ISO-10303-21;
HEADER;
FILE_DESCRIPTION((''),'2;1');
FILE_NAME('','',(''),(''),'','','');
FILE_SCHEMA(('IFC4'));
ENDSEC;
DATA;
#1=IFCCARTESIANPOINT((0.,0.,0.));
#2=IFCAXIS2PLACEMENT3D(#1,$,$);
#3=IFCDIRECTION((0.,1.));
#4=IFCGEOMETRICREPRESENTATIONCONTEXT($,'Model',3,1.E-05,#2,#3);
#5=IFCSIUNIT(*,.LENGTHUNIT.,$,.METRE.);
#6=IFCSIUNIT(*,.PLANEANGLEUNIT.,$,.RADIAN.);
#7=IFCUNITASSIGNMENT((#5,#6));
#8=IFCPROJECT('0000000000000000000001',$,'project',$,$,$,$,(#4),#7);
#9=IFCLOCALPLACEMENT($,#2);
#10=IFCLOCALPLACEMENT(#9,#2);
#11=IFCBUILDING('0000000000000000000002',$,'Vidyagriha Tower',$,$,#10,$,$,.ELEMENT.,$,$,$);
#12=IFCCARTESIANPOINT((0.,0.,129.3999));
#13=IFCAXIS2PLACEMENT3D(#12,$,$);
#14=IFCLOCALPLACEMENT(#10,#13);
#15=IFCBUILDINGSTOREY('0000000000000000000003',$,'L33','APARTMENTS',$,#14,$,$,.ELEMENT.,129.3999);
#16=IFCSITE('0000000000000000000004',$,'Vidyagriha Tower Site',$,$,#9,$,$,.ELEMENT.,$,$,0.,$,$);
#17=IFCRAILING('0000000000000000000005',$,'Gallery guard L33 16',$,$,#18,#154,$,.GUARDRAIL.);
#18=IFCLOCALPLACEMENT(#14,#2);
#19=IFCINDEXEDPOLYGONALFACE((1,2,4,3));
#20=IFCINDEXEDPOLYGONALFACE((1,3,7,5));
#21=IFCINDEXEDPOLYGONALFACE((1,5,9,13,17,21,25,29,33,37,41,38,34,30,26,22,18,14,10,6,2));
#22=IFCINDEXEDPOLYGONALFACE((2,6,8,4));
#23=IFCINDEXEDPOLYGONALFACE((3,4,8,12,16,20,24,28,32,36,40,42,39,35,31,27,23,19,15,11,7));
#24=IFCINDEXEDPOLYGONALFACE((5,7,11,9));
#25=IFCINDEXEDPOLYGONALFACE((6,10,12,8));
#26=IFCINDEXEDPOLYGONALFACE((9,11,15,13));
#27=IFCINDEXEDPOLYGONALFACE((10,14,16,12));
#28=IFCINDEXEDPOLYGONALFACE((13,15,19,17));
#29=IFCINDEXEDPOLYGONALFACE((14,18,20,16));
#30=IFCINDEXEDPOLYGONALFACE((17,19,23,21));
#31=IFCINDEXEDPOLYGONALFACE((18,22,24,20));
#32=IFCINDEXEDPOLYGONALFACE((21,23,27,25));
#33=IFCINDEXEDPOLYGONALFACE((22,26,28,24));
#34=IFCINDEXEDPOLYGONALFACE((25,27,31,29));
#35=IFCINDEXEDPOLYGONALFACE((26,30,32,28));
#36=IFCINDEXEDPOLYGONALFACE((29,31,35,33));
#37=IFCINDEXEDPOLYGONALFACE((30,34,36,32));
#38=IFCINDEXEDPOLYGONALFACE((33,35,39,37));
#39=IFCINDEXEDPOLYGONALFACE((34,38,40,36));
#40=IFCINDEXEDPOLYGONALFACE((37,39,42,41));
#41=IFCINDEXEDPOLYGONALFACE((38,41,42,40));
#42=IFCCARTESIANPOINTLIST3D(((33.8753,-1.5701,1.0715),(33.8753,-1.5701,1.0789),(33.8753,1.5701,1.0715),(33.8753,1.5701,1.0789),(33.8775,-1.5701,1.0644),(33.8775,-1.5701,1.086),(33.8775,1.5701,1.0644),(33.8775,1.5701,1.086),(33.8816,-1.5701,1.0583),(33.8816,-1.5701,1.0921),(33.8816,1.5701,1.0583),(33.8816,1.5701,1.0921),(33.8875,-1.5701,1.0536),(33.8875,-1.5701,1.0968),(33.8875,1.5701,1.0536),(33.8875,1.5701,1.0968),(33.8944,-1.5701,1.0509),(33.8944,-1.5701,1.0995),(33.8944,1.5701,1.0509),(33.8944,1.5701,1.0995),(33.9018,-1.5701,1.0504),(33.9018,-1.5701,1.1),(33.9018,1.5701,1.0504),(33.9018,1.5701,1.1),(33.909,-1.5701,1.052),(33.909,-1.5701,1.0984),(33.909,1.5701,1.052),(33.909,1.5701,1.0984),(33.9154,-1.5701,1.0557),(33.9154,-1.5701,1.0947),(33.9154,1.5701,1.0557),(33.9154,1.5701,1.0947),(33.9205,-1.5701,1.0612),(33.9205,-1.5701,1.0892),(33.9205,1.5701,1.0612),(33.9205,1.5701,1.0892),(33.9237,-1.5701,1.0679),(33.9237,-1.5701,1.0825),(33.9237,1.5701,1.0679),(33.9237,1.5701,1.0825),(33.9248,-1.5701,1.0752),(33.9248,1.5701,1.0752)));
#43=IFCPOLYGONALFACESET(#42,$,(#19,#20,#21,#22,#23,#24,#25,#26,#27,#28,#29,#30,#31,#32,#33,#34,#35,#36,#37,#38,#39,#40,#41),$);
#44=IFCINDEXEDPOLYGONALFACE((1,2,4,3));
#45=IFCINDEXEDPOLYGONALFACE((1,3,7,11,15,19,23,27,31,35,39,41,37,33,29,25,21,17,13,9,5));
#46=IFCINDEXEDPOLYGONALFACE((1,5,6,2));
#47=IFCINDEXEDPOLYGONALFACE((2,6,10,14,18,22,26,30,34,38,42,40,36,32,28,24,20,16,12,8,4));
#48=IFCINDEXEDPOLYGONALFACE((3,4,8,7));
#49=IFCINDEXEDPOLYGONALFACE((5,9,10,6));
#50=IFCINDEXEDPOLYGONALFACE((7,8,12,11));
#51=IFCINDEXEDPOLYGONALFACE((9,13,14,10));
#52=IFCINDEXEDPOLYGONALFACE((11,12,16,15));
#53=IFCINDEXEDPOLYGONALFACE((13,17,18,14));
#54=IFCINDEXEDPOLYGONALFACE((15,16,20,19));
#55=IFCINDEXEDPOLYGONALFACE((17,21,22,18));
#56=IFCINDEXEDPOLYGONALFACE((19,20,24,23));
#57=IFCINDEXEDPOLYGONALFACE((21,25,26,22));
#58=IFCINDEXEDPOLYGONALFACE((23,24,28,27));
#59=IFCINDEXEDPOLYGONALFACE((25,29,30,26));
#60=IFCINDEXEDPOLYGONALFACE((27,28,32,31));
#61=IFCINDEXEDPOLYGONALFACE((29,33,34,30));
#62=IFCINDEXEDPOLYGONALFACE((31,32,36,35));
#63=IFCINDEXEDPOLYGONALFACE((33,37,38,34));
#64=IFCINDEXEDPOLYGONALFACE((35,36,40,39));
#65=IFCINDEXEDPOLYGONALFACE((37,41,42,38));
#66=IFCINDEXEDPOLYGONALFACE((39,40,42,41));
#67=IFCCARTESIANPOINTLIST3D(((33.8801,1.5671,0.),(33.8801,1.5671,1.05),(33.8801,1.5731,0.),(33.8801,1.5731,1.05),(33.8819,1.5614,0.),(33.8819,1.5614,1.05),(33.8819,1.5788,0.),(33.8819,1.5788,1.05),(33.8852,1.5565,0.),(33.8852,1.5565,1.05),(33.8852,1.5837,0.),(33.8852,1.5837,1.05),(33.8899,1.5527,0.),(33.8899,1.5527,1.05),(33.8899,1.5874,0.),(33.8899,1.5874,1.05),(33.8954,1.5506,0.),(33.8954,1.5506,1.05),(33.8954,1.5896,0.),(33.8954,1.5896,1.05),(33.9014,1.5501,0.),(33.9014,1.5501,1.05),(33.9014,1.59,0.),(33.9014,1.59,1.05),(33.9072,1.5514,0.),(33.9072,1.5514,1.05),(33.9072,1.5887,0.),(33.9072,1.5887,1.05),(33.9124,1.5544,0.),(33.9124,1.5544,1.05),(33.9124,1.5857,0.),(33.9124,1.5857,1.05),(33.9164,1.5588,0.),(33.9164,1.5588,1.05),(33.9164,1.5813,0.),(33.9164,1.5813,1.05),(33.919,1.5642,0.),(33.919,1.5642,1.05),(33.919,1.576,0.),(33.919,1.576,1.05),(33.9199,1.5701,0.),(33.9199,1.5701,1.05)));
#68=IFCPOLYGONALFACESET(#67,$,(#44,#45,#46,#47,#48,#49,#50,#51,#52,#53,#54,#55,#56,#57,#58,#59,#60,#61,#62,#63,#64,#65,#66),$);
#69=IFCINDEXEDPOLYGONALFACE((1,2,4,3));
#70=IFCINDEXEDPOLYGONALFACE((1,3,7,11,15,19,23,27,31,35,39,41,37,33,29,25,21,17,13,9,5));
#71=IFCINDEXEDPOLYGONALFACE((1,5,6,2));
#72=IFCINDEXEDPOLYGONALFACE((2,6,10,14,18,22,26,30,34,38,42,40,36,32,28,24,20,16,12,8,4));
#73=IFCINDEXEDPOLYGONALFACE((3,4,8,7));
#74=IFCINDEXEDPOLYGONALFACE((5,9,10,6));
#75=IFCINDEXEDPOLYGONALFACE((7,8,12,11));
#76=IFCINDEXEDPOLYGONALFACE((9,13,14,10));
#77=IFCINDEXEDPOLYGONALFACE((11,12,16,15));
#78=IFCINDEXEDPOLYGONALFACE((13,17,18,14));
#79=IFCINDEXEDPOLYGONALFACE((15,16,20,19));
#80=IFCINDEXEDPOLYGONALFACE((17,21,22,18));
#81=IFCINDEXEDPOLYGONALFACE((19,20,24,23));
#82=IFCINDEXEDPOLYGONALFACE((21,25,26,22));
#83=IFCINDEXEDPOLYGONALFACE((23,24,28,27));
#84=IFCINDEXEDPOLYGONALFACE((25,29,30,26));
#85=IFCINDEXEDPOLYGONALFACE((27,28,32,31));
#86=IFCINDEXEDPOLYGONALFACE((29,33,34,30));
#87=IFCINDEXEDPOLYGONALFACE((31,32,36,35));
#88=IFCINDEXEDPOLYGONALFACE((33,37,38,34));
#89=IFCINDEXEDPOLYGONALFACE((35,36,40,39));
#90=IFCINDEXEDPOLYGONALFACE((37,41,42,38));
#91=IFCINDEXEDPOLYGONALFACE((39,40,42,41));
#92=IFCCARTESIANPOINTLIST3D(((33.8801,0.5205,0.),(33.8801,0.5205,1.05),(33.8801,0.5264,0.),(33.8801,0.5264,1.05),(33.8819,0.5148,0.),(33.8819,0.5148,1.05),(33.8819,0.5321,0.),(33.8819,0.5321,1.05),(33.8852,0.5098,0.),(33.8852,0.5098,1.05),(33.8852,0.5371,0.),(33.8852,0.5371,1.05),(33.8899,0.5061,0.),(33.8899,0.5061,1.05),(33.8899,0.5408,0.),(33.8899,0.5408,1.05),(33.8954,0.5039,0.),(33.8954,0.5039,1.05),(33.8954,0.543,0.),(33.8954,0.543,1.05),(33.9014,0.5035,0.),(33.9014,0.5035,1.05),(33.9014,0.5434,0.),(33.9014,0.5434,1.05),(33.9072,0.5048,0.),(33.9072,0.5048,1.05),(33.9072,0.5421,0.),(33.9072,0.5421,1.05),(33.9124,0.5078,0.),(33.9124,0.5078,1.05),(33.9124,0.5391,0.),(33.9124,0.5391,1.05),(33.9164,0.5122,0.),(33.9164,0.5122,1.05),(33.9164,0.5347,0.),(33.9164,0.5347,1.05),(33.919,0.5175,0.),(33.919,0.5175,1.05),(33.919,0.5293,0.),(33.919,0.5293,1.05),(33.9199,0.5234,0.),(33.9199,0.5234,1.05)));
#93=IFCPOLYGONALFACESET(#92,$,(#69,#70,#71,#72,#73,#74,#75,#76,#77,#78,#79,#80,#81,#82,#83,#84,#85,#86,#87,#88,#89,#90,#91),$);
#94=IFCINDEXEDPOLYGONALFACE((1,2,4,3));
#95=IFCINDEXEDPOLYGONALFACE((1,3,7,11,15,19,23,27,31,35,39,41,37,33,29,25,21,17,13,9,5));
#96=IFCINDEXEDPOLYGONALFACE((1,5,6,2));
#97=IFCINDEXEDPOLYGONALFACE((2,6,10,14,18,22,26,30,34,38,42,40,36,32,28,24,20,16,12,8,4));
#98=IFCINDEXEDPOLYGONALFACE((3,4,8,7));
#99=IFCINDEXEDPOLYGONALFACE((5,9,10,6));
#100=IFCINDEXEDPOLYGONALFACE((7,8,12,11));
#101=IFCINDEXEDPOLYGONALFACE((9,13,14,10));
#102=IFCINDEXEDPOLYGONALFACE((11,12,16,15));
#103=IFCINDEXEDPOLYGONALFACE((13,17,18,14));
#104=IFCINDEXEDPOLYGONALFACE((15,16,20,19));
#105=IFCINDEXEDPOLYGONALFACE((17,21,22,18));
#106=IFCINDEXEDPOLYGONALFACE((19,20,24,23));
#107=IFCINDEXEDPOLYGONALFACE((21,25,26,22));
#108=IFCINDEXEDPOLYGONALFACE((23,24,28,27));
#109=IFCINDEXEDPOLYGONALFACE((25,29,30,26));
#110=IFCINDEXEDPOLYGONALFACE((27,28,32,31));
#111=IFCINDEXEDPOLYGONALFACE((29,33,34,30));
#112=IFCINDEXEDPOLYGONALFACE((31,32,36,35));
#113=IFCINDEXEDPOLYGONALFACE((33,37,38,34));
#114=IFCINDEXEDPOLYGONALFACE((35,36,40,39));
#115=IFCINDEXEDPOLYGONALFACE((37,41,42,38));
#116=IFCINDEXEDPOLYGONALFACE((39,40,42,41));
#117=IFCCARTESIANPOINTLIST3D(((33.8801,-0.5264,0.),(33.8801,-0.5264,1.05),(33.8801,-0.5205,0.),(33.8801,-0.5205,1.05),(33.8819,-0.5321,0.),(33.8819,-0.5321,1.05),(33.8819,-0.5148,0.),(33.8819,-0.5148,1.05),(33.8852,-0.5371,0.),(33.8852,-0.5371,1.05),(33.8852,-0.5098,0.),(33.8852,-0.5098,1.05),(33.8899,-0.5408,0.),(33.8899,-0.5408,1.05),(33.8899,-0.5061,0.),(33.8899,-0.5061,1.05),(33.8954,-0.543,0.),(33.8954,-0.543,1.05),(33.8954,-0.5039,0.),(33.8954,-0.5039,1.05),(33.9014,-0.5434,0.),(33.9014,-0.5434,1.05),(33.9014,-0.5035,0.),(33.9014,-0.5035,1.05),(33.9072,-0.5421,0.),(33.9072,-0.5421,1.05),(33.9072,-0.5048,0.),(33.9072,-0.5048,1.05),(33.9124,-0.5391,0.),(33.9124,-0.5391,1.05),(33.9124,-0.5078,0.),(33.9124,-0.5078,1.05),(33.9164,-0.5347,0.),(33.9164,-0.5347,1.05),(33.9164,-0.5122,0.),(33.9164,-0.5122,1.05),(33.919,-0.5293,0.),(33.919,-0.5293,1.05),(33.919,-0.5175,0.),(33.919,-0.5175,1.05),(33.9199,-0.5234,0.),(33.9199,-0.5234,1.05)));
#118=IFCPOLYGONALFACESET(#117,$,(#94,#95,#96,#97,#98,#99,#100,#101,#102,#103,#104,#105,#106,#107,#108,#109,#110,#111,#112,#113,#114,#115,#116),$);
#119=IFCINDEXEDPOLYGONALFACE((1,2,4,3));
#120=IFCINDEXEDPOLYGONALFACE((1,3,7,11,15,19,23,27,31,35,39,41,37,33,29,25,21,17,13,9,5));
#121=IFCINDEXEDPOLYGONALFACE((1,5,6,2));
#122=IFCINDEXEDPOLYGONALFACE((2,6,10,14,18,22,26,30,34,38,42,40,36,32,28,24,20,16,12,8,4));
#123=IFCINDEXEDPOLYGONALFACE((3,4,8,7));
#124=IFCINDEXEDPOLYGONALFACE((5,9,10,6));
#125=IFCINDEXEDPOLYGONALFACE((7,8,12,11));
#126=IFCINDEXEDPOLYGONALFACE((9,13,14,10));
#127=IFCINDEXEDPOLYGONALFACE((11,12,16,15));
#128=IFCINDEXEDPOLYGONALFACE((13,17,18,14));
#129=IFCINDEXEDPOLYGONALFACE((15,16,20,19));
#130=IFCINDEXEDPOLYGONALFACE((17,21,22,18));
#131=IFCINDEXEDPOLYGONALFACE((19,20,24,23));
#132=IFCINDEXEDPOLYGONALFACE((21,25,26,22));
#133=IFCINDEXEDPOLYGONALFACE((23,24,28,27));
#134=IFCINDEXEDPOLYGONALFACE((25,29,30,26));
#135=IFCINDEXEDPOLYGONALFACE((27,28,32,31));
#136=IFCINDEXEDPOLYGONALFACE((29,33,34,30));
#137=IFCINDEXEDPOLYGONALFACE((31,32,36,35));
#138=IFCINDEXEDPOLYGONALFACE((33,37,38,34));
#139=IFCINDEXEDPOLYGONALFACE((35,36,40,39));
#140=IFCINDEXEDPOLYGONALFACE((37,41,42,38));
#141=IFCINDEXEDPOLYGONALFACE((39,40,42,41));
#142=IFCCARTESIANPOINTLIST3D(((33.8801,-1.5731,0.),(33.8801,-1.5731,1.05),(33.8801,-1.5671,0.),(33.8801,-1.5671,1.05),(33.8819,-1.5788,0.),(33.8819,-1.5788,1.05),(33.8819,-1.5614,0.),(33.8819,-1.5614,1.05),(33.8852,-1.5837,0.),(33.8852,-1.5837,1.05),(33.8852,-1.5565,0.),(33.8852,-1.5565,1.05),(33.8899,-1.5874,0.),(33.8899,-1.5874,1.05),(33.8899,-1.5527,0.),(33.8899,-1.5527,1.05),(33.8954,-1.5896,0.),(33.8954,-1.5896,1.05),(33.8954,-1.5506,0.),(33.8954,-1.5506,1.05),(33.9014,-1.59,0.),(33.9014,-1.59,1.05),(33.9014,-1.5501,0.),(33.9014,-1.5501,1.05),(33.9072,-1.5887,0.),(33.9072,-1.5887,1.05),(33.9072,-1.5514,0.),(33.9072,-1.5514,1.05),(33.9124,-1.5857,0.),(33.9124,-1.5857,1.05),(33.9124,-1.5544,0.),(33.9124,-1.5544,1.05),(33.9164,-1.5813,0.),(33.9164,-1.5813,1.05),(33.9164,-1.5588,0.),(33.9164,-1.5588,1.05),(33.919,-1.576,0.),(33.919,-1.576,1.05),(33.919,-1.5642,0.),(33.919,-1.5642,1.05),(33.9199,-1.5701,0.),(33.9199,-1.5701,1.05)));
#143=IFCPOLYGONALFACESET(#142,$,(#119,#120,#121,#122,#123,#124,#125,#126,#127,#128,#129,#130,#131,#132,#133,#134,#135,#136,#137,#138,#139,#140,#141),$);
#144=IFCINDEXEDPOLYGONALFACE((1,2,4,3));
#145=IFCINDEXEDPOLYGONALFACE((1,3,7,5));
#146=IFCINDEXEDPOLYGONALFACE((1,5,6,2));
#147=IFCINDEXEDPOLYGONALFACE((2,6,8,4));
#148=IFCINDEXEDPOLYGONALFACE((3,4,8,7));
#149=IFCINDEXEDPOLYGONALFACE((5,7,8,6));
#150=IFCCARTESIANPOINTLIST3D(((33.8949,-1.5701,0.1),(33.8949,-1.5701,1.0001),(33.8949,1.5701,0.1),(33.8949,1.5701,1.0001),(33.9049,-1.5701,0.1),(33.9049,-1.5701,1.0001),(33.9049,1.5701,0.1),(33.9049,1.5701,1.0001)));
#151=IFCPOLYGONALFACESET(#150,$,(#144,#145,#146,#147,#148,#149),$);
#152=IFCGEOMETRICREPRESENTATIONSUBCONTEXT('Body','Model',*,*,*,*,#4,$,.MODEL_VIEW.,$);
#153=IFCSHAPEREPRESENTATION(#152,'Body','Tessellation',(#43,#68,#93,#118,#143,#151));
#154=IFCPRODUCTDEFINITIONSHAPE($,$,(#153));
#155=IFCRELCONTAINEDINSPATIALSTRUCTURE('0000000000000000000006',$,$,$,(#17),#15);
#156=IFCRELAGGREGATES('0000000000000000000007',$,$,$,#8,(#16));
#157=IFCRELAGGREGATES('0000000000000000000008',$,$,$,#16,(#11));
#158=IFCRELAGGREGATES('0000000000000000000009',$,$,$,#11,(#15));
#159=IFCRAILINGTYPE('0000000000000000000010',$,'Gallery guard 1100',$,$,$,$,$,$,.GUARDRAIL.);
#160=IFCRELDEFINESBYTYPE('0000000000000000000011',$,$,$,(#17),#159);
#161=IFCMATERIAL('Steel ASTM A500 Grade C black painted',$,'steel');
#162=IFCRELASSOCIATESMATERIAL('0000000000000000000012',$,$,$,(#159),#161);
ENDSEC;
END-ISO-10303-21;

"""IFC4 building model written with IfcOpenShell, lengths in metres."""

from ifc_helpers import new_model, si_unit, direction, frame, origin, origin_2d, place, context, subcontext, project, spatial, rectangle, circle, extrude, material, type_object, element, save


model = new_model("IFC4")

# Units and contexts
model_context = context("Model", 3, precision=1e-05, world=origin(), true_north=direction((0.0, 1.0)))
body_context = subcontext(model_context, "Body", "Model", "MODEL_VIEW")
ifc_project = project(units=[si_unit("LENGTHUNIT", "METRE"), si_unit("PLANEANGLEUNIT", "RADIAN")], contexts=[model_context])

# Site, building, storey
site_placement = place(None, origin())
site = spatial("IfcSite", under=ifc_project, at=site_placement, Name="Vidyagriha Tower Site", CompositionType="ELEMENT", RefElevation=0.0)
building_placement = place(site_placement, origin())
building = spatial("IfcBuilding", under=site, at=building_placement, Name="Vidyagriha Tower", CompositionType="ELEMENT")
storey_placement = place(building_placement, frame((0.0, 0.0, 129.3999)))
storey = spatial("IfcBuildingStorey", under=building, at=storey_placement, Name="L33", Description="APARTMENTS", CompositionType="ELEMENT", Elevation=129.3999)

# Railing
ifc_material_1 = material(Name="Steel ASTM A500 Grade C black painted", Category="steel")
railing_type_1 = type_object("IfcRailingType", Name="Gallery guard 1100", PredefinedType="GUARDRAIL", material=ifc_material_1)
railing_1_placement = place(storey_placement, frame((33.8999, 1.5701, 0.0)))
element("IfcRailing", 1, at=railing_1_placement, inside=storey, type_object=railing_type_1, Name="Gallery guard L33 16", PredefinedType="GUARDRAIL", context=body_context, shape_type="SweptSolid", body=[
    extrude(circle(Radius=0.0249, at=origin_2d()), frame((0.0, 0.0, 1.0752), z_axis=(0.0, -1.0, 0.0), x_axis=(1.0, 0.0, 0.0)), (0.0, 0.0, 1.0), 3.1401),
    extrude(circle(Radius=0.02, at=origin_2d()), origin(), (0.0, 0.0, 1.0), 1.05),
    extrude(circle(Radius=0.02, at=origin_2d()), frame((0.0, -1.0466, 0.0)), (0.0, 0.0, 1.0), 1.05),
    extrude(circle(Radius=0.02, at=origin_2d()), frame((0.0, -2.0935, 0.0)), (0.0, 0.0, 1.0), 1.05),
    extrude(circle(Radius=0.02, at=origin_2d()), frame((0.0, -3.1401, 0.0)), (0.0, 0.0, 1.0), 1.05),
    extrude(rectangle(XDim=0.01, YDim=0.9001, at=origin_2d()), frame((0.0, 0.0, 0.55), z_axis=(0.0, -1.0, 0.0), x_axis=(1.0, 0.0, 0.0)), (0.0, 0.0, 1.0), 3.1401),
])

save(model, "model.ifc")
